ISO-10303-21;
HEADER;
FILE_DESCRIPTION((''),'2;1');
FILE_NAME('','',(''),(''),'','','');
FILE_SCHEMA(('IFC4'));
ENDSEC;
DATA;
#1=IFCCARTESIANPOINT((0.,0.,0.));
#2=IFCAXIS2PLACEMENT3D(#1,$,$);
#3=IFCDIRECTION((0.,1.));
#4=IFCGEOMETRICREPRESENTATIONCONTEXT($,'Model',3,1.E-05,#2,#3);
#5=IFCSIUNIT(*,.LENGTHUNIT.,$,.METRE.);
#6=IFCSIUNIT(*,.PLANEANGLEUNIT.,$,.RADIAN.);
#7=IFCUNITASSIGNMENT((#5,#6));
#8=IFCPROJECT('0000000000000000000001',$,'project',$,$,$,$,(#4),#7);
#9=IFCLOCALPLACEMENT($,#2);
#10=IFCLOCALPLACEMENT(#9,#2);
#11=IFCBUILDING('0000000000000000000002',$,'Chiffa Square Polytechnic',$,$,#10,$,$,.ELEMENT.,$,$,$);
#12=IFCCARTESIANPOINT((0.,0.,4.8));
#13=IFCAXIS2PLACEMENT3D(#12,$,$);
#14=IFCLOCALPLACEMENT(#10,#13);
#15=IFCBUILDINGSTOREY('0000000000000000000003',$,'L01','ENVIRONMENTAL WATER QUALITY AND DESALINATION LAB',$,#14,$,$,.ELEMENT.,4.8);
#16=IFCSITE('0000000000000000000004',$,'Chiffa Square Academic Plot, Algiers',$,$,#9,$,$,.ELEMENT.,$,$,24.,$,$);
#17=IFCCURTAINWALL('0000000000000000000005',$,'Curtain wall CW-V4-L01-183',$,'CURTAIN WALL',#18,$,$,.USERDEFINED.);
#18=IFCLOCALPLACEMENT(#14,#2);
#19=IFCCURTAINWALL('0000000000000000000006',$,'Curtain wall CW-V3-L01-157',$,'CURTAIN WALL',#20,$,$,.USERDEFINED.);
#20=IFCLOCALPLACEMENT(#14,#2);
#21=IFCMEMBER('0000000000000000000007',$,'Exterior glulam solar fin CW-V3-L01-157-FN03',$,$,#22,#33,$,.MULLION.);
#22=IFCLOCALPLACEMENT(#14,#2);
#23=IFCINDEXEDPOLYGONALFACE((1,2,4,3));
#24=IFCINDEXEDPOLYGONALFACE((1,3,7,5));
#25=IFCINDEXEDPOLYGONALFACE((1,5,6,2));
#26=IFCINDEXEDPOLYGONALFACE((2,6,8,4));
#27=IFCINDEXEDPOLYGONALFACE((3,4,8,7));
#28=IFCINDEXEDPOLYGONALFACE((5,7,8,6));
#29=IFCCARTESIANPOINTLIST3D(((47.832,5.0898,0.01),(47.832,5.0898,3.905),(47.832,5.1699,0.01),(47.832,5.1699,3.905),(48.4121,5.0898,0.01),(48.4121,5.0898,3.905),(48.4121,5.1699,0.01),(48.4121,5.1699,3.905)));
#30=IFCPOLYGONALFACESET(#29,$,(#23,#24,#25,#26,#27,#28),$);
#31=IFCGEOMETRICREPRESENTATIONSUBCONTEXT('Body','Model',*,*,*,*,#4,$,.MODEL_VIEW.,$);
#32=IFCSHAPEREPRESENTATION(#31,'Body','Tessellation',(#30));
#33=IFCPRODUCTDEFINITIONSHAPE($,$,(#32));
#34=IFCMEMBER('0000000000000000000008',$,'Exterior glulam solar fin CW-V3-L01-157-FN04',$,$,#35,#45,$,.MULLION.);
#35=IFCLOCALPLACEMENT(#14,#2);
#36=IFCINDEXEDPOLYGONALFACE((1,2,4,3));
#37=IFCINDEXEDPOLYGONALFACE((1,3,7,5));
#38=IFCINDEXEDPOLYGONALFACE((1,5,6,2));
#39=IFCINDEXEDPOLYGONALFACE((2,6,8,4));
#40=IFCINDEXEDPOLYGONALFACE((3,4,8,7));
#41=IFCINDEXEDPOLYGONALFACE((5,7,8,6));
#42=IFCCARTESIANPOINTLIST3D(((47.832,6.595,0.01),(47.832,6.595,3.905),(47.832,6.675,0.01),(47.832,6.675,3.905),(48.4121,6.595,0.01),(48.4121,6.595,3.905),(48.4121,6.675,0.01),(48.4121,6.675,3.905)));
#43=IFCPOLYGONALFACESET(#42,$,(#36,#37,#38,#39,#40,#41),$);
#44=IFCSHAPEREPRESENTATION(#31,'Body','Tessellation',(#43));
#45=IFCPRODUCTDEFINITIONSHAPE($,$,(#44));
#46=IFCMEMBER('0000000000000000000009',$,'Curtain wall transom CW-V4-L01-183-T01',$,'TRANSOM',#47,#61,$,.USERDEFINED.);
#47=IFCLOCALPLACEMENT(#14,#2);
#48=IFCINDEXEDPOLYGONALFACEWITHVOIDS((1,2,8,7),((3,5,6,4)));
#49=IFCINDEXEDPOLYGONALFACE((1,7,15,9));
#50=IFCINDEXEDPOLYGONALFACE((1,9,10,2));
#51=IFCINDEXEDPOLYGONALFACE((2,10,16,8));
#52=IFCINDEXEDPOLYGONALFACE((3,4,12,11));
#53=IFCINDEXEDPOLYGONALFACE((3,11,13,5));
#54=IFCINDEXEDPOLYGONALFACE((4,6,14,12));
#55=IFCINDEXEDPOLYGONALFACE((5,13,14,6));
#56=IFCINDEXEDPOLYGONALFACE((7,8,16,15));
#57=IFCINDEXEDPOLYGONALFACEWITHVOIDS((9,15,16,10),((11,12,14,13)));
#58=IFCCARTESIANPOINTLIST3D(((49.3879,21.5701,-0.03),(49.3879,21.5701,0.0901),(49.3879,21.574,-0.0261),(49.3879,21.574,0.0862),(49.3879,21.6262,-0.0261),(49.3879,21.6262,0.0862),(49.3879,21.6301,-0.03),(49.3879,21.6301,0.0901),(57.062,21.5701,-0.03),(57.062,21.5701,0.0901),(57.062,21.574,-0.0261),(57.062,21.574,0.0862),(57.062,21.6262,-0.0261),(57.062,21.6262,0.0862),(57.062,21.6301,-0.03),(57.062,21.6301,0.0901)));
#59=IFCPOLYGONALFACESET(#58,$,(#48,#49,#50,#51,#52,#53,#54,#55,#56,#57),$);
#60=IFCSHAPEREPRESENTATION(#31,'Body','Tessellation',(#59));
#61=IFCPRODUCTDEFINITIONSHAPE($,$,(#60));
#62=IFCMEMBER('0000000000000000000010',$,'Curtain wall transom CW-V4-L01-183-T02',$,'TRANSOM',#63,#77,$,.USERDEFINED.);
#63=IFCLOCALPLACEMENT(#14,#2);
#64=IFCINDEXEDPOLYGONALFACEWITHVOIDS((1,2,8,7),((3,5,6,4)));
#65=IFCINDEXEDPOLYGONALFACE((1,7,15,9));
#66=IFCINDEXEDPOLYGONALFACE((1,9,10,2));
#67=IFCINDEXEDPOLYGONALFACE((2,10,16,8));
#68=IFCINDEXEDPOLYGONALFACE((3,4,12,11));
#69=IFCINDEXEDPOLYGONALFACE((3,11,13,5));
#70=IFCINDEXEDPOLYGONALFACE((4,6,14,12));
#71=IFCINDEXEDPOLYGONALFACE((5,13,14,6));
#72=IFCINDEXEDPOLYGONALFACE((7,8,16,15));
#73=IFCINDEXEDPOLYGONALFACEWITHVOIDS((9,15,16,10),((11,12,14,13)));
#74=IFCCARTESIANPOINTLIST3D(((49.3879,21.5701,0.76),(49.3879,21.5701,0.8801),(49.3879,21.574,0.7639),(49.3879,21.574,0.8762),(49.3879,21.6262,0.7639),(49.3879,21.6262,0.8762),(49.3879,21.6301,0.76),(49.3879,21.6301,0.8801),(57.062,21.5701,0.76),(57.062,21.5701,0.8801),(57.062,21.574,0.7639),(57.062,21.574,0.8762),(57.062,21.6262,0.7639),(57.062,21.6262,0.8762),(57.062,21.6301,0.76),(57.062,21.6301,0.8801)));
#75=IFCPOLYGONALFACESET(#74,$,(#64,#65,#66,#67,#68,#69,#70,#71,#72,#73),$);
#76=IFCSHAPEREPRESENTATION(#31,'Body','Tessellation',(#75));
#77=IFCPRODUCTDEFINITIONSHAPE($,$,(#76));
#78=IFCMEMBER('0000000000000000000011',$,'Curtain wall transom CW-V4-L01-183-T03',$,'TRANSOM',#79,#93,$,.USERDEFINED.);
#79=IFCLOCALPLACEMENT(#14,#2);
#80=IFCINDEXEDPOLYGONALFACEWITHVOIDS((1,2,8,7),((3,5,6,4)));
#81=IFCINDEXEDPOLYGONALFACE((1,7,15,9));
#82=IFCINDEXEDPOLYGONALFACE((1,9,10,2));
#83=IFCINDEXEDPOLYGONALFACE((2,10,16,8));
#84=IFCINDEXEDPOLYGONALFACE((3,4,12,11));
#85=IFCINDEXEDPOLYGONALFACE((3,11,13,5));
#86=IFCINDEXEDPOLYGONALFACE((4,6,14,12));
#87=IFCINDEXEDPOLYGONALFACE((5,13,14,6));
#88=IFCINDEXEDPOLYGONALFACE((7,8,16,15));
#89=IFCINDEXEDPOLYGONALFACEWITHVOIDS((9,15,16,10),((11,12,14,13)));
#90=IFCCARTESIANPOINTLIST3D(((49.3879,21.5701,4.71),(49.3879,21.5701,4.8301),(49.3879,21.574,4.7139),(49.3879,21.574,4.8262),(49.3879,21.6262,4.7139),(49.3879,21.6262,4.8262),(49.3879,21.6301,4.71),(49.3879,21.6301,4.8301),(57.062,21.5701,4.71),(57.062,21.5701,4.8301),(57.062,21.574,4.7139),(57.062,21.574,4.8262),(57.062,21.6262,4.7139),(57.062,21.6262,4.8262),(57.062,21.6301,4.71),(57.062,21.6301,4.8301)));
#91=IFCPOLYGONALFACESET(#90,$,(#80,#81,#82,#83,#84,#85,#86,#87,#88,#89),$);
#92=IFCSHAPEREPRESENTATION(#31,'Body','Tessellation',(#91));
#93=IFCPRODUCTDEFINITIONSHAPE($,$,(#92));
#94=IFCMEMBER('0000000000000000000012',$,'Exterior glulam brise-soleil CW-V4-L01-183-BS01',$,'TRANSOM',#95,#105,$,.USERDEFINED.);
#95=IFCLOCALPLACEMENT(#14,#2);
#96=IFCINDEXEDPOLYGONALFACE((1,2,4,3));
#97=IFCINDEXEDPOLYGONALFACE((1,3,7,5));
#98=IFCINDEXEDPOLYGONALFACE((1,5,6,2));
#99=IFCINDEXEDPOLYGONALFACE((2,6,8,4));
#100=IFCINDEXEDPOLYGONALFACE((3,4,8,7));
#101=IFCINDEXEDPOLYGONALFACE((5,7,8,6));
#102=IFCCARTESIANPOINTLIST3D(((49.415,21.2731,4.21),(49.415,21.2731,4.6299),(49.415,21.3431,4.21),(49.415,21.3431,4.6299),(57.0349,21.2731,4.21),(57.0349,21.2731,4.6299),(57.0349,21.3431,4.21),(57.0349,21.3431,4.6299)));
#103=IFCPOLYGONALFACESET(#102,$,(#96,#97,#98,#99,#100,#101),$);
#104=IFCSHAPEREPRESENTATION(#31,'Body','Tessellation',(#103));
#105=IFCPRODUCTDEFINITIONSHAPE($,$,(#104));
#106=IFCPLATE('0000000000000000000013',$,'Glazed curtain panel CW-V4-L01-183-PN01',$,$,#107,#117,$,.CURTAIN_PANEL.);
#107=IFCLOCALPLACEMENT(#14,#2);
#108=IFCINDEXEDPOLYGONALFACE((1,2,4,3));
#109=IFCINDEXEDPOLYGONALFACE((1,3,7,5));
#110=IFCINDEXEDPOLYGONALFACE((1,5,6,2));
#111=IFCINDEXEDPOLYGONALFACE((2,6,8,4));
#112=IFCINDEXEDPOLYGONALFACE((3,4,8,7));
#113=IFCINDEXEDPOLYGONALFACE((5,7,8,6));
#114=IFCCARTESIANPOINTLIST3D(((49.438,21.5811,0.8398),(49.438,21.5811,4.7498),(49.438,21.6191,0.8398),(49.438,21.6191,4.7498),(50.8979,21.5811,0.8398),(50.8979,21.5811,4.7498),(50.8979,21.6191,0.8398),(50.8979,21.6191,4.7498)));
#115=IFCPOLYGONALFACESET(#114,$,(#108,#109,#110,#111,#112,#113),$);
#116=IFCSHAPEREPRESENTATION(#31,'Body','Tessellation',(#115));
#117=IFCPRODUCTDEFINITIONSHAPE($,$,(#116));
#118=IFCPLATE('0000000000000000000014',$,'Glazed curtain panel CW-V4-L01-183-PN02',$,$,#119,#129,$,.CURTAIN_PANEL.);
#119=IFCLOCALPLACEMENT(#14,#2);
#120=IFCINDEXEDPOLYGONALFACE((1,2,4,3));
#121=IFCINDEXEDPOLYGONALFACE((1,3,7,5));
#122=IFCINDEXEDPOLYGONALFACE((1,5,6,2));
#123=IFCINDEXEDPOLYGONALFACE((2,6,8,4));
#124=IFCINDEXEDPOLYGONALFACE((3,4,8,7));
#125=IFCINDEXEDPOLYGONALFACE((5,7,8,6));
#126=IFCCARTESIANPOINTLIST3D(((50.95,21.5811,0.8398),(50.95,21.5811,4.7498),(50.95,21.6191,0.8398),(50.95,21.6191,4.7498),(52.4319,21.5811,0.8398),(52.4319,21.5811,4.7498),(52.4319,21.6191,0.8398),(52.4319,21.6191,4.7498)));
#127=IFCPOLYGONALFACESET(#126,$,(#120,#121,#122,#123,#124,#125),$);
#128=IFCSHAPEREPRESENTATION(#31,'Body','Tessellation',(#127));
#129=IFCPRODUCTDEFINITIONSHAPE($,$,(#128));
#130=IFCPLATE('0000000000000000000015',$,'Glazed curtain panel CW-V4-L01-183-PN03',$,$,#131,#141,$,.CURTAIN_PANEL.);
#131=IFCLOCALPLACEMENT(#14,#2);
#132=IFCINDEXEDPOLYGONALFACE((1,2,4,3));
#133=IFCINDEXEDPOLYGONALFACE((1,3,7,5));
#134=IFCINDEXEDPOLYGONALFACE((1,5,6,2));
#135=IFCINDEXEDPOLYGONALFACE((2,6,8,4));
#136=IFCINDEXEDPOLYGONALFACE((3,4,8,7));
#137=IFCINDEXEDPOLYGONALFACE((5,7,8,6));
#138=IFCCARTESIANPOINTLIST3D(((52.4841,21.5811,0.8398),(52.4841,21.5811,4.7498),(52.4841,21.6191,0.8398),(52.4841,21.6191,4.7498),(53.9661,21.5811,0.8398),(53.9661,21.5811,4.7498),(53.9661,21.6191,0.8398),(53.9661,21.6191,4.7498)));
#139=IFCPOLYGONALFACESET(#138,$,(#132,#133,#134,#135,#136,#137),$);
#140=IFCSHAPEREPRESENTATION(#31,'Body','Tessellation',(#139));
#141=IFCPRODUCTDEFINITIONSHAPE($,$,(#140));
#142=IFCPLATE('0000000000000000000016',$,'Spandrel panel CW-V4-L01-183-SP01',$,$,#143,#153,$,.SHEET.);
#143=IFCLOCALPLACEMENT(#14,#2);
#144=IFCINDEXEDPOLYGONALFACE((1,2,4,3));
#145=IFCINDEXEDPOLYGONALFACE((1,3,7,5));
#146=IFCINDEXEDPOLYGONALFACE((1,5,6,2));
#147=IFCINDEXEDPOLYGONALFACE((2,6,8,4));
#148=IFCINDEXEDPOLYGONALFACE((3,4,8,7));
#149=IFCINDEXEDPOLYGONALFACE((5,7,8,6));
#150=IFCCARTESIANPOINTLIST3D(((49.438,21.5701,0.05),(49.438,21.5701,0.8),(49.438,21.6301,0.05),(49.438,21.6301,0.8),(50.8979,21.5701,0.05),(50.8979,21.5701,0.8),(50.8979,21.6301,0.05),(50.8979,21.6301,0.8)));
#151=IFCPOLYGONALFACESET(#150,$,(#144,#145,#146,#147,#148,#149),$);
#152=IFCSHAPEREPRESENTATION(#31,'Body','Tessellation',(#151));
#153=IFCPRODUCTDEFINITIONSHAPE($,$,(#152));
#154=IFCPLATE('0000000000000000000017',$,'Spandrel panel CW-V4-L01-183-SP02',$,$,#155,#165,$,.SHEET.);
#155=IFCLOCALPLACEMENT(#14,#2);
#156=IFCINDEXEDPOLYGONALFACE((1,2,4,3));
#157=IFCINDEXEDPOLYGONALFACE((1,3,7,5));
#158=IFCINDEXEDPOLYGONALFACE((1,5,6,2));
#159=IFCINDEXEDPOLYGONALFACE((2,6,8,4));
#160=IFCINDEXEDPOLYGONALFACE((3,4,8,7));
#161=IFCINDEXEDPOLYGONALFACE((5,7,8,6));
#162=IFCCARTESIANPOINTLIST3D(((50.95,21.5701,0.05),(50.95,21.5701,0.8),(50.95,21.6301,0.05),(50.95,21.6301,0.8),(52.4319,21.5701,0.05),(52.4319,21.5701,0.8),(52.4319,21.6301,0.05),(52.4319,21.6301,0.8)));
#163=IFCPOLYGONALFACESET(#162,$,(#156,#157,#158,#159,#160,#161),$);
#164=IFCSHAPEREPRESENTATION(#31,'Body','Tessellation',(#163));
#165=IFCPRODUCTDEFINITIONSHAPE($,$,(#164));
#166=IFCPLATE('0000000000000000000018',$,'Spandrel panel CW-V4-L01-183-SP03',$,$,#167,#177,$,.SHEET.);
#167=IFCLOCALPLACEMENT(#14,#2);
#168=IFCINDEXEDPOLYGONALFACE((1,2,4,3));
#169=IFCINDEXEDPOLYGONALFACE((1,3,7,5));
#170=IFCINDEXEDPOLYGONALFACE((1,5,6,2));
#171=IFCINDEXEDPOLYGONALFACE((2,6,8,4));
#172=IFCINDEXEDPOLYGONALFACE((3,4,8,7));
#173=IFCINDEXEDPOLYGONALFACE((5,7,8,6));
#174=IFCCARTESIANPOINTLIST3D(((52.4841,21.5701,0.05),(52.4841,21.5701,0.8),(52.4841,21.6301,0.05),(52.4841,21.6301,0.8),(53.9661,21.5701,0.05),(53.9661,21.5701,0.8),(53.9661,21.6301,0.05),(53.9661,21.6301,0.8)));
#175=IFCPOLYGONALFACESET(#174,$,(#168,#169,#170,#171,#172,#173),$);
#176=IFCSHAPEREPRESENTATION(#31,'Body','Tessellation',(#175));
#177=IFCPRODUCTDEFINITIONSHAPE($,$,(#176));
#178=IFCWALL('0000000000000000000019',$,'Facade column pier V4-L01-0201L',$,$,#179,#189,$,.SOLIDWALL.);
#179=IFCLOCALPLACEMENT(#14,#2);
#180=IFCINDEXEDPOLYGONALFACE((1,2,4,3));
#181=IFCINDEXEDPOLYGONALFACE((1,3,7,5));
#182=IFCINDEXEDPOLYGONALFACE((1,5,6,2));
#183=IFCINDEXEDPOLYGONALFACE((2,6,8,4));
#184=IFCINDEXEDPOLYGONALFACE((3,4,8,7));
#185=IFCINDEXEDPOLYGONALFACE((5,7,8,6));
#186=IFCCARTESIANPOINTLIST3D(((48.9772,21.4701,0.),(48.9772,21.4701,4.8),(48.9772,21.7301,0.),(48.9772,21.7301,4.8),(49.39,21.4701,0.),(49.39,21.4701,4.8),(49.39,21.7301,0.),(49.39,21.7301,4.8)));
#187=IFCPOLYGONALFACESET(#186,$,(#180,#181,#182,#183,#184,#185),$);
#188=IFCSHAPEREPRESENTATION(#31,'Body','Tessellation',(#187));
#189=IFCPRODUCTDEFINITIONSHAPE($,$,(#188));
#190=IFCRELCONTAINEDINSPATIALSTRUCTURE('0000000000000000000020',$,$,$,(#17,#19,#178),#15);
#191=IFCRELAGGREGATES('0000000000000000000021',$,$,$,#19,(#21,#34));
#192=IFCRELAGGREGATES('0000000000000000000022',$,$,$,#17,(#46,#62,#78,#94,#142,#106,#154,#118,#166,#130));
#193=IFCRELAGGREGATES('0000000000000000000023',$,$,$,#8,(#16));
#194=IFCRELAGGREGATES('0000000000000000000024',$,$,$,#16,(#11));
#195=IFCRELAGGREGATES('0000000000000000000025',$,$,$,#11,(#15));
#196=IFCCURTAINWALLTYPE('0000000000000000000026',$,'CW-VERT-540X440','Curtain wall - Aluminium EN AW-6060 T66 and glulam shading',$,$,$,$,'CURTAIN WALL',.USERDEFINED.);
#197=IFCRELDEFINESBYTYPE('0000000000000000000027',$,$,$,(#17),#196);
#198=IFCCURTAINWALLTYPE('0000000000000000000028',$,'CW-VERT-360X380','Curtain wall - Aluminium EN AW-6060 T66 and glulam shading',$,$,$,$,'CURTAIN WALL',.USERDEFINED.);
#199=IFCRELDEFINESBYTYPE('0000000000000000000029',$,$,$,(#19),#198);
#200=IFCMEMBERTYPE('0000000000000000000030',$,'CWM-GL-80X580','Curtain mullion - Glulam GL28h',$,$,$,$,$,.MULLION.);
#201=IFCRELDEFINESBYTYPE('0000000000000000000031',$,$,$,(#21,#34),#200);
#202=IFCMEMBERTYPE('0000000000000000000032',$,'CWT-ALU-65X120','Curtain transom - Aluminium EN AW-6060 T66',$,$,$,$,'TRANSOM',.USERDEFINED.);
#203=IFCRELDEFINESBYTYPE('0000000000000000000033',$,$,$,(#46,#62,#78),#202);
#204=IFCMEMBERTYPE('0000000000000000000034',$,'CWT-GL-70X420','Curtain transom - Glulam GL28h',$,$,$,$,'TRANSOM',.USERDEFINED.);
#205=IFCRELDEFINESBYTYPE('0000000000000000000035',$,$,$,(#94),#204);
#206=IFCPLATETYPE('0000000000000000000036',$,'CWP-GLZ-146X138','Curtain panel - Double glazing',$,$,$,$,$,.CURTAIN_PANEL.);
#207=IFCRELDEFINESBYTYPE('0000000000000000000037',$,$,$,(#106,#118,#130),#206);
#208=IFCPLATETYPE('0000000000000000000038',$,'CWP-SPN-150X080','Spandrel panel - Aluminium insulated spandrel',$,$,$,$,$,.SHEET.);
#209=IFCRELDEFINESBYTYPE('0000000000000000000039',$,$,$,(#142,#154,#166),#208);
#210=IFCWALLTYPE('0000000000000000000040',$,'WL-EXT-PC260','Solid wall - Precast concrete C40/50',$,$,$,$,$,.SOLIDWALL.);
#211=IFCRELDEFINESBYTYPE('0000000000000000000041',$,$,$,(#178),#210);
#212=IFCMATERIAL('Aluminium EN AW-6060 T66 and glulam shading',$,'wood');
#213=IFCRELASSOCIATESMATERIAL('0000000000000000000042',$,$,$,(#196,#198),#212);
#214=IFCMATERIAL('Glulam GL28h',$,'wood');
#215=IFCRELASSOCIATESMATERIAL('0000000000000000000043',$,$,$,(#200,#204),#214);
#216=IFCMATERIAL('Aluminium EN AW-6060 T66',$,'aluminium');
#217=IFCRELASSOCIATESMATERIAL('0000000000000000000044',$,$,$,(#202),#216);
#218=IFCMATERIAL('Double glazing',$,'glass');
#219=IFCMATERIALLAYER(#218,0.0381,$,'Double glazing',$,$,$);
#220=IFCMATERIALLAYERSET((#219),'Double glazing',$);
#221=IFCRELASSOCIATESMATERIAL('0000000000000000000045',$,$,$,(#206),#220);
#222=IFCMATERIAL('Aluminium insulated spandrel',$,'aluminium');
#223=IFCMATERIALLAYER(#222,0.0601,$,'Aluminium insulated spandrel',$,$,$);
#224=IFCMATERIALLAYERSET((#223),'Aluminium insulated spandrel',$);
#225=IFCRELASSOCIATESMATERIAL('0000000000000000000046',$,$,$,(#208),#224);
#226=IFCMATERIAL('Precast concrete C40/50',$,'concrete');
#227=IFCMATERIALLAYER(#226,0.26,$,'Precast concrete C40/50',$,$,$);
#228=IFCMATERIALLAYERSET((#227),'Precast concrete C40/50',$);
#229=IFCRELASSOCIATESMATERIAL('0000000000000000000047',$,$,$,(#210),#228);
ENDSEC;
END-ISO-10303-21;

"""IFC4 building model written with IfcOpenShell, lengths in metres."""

from ifc_helpers import new_model, si_unit, direction, frame, frame_2d, origin, origin_2d, place, context, subcontext, project, spatial, rectangle, hollow_rectangle, extrude, material, layer, layer_set, material_profile, profile_set, type_object, element, aggregate, save


model = new_model("IFC4")

# Units and contexts
model_context = context("Model", 3, precision=1e-05, world=origin(), true_north=direction((0.0, 1.0)))
body_context = subcontext(model_context, "Body", "Model", "MODEL_VIEW")
ifc_project = project(units=[si_unit("LENGTHUNIT", "METRE"), si_unit("PLANEANGLEUNIT", "RADIAN")], contexts=[model_context])

# Site, building, storey
site_placement = place(None, origin())
site = spatial("IfcSite", under=ifc_project, at=site_placement, Name="Chiffa Square Academic Plot, Algiers", CompositionType="ELEMENT", RefElevation=24.0)
building_placement = place(site_placement, origin())
building = spatial("IfcBuilding", under=site, at=building_placement, Name="Chiffa Square Polytechnic", CompositionType="ELEMENT")
storey_placement = place(building_placement, frame((0.0, 0.0, 4.8)))
storey = spatial("IfcBuildingStorey", under=building, at=storey_placement, Name="L01", Description="ENVIRONMENTAL WATER QUALITY AND DESALINATION LAB", CompositionType="ELEMENT", Elevation=4.8)

# Curtain walls, members
ifc_material_1 = material(Name="Aluminium EN AW-6060 T66 and glulam shading", Category="wood")
curtain_wall_type_1 = type_object("IfcCurtainWallType", Name="CW-VERT-540X440", Description="Curtain wall - Aluminium EN AW-6060 T66 and glulam shading", ElementType="CURTAIN WALL", PredefinedType="USERDEFINED", material=ifc_material_1)
curtain_wall_1_placement = place(storey_placement, origin())
curtain_wall_1 = element("IfcCurtainWall", 1, at=curtain_wall_1_placement, inside=storey, type_object=curtain_wall_type_1, Name="Curtain wall CW-V4-L01-183", ObjectType="CURTAIN WALL", PredefinedType="USERDEFINED")
ifc_material_2 = material(Name="Aluminium EN AW-6060 T66", Category="aluminium")
ifc_material_3 = material(Name="Glulam GL28h", Category="wood")
curtain_wall_type_2 = type_object("IfcCurtainWallType", Name="CW-VERT-360X380", Description="Curtain wall - Aluminium EN AW-6060 T66 and glulam shading", ElementType="CURTAIN WALL", PredefinedType="USERDEFINED", material=ifc_material_1)
curtain_wall_2_placement = place(storey_placement, origin())
curtain_wall_2 = element("IfcCurtainWall", 2, at=curtain_wall_2_placement, inside=storey, type_object=curtain_wall_type_2, Name="Curtain wall CW-V3-L01-157", ObjectType="CURTAIN WALL", PredefinedType="USERDEFINED")
ifc_material_profile_1 = material_profile(ifc_material_3, rectangle(XDim=0.0801, YDim=0.5801, at=origin_2d()), Name="GL28h 80x580")
ifc_profile_set_1 = profile_set([ifc_material_profile_1], Name="Glulam GL28h")
member_type_1 = type_object("IfcMemberType", Name="CWM-GL-80X580", Description="Curtain mullion - Glulam GL28h", PredefinedType="MULLION", material=ifc_profile_set_1)
member_1_placement = place(storey_placement, frame((48.1221, 5.1299, 0.01), z_axis=(0.0, 0.0, 1.0), x_axis=(0.0, 1.0, 0.0)))
member_1 = element("IfcMember", 3, at=member_1_placement, type_object=member_type_1, Name="Exterior glulam solar fin CW-V3-L01-157-FN03", PredefinedType="MULLION", context=body_context, shape_type="SweptSolid", body=[
    extrude(rectangle(XDim=0.0801, YDim=0.5801, at=origin_2d()), origin(), (0.0, 0.0, 1.0), 3.895),
])
member_2_placement = place(storey_placement, frame((48.1221, 6.635, 0.01), z_axis=(0.0, 0.0, 1.0), x_axis=(0.0, 1.0, 0.0)))
member_2 = element("IfcMember", 4, at=member_2_placement, type_object=member_type_1, Name="Exterior glulam solar fin CW-V3-L01-157-FN04", PredefinedType="MULLION", context=body_context, shape_type="SweptSolid", body=[
    extrude(rectangle(XDim=0.0801, YDim=0.5801, at=origin_2d()), origin(), (0.0, 0.0, 1.0), 3.895),
])
aggregate(curtain_wall_2, [member_1, member_2])

# Members
ifc_material_profile_2 = material_profile(ifc_material_2, hollow_rectangle(XDim=0.0601, YDim=0.1201, WallThickness=0.0039, at=origin_2d()), Name="ALU 60x120x4")
ifc_profile_set_2 = profile_set([ifc_material_profile_2], Name="Aluminium EN AW-6060 T66")
member_type_2 = type_object("IfcMemberType", Name="CWT-ALU-65X120", Description="Curtain transom - Aluminium EN AW-6060 T66", ElementType="TRANSOM", PredefinedType="USERDEFINED", material=ifc_profile_set_2)
member_3_placement = place(storey_placement, frame((49.3879, 21.6001, 0.03), z_axis=(1.0, 0.0, 0.0), x_axis=(0.0, 1.0, 0.0)))
member_3 = element("IfcMember", 5, at=member_3_placement, type_object=member_type_2, Name="Curtain wall transom CW-V4-L01-183-T01", ObjectType="TRANSOM", PredefinedType="USERDEFINED", context=body_context, shape_type="SweptSolid", body=[
    extrude(hollow_rectangle(XDim=0.0601, YDim=0.1201, WallThickness=0.0039, at=origin_2d()), origin(), (0.0, 0.0, 1.0), 7.6741),
])
member_4_placement = place(storey_placement, frame((49.3879, 21.6001, 0.8201), z_axis=(1.0, 0.0, 0.0), x_axis=(0.0, 1.0, 0.0)))
member_4 = element("IfcMember", 6, at=member_4_placement, type_object=member_type_2, Name="Curtain wall transom CW-V4-L01-183-T02", ObjectType="TRANSOM", PredefinedType="USERDEFINED", context=body_context, shape_type="SweptSolid", body=[
    extrude(hollow_rectangle(XDim=0.0601, YDim=0.1201, WallThickness=0.0039, at=origin_2d()), origin(), (0.0, 0.0, 1.0), 7.6741),
])
member_5_placement = place(storey_placement, frame((49.3879, 21.6001, 4.77), z_axis=(1.0, 0.0, 0.0), x_axis=(0.0, 1.0, 0.0)))
member_5 = element("IfcMember", 7, at=member_5_placement, type_object=member_type_2, Name="Curtain wall transom CW-V4-L01-183-T03", ObjectType="TRANSOM", PredefinedType="USERDEFINED", context=body_context, shape_type="SweptSolid", body=[
    extrude(hollow_rectangle(XDim=0.0601, YDim=0.1201, WallThickness=0.0039, at=origin_2d()), origin(), (0.0, 0.0, 1.0), 7.6741),
])
ifc_material_profile_3 = material_profile(ifc_material_3, rectangle(XDim=0.0701, YDim=0.4199, at=origin_2d()), Name="GL28h 70x420")
ifc_profile_set_3 = profile_set([ifc_material_profile_3], Name="Glulam GL28h")
member_type_3 = type_object("IfcMemberType", Name="CWT-GL-70X420", Description="Curtain transom - Glulam GL28h", ElementType="TRANSOM", PredefinedType="USERDEFINED", material=ifc_profile_set_3)
member_6_placement = place(storey_placement, frame((49.415, 21.3081, 4.4199), z_axis=(1.0, 0.0, 0.0), x_axis=(0.0, 1.0, 0.0)))
member_6 = element("IfcMember", 8, at=member_6_placement, type_object=member_type_3, Name="Exterior glulam brise-soleil CW-V4-L01-183-BS01", ObjectType="TRANSOM", PredefinedType="USERDEFINED", context=body_context, shape_type="SweptSolid", body=[
    extrude(rectangle(XDim=0.0701, YDim=0.4199, at=origin_2d()), origin(), (0.0, 0.0, 1.0), 7.6199),
])

# Plates
ifc_material_4 = material(Name="Double glazing", Category="glass")
ifc_layer_1 = layer(ifc_material_4, 0.0381, Name="Double glazing")
ifc_layer_set_1 = layer_set([ifc_layer_1], Name="Double glazing")
plate_type_1 = type_object("IfcPlateType", Name="CWP-GLZ-146X138", Description="Curtain panel - Double glazing", PredefinedType="CURTAIN_PANEL", material=ifc_layer_set_1)
plate_1_placement = place(storey_placement, frame((50.168, 21.6001, 0.8398), z_axis=(0.0, 0.0, 1.0), x_axis=(1.0, 0.0, 0.0)))
plate_1 = element("IfcPlate", 9, at=plate_1_placement, type_object=plate_type_1, Name="Glazed curtain panel CW-V4-L01-183-PN01", PredefinedType="CURTAIN_PANEL", context=body_context, shape_type="SweptSolid", body=[
    extrude(rectangle(XDim=1.46, YDim=0.0381, at=origin_2d()), origin(), (0.0, 0.0, 1.0), 3.9099),
])
plate_2_placement = place(storey_placement, frame((51.6909, 21.6001, 0.8398), z_axis=(0.0, 0.0, 1.0), x_axis=(1.0, 0.0, 0.0)))
plate_2 = element("IfcPlate", 10, at=plate_2_placement, type_object=plate_type_1, Name="Glazed curtain panel CW-V4-L01-183-PN02", PredefinedType="CURTAIN_PANEL", context=body_context, shape_type="SweptSolid", body=[
    extrude(rectangle(XDim=1.4819, YDim=0.0381, at=origin_2d()), origin(), (0.0, 0.0, 1.0), 3.9099),
])
plate_3_placement = place(storey_placement, frame((53.2251, 21.6001, 0.8398), z_axis=(0.0, 0.0, 1.0), x_axis=(1.0, 0.0, 0.0)))
plate_3 = element("IfcPlate", 11, at=plate_3_placement, type_object=plate_type_1, Name="Glazed curtain panel CW-V4-L01-183-PN03", PredefinedType="CURTAIN_PANEL", context=body_context, shape_type="SweptSolid", body=[
    extrude(rectangle(XDim=1.4819, YDim=0.0381, at=origin_2d()), origin(), (0.0, 0.0, 1.0), 3.9099),
])
ifc_material_5 = material(Name="Aluminium insulated spandrel", Category="aluminium")
ifc_layer_2 = layer(ifc_material_5, 0.0601, Name="Aluminium insulated spandrel")
ifc_layer_set_2 = layer_set([ifc_layer_2], Name="Aluminium insulated spandrel")
plate_type_2 = type_object("IfcPlateType", Name="CWP-SPN-150X080", Description="Spandrel panel - Aluminium insulated spandrel", PredefinedType="SHEET", material=ifc_layer_set_2)
plate_4_placement = place(storey_placement, frame((50.168, 21.6001, 0.05), z_axis=(0.0, 0.0, 1.0), x_axis=(1.0, 0.0, 0.0)))
plate_4 = element("IfcPlate", 12, at=plate_4_placement, type_object=plate_type_2, Name="Spandrel panel CW-V4-L01-183-SP01", PredefinedType="SHEET", context=body_context, shape_type="SweptSolid", body=[
    extrude(rectangle(XDim=1.46, YDim=0.0601, at=origin_2d()), origin(), (0.0, 0.0, 1.0), 0.75),
])
plate_5_placement = place(storey_placement, frame((51.6909, 21.6001, 0.05), z_axis=(0.0, 0.0, 1.0), x_axis=(1.0, 0.0, 0.0)))
plate_5 = element("IfcPlate", 13, at=plate_5_placement, type_object=plate_type_2, Name="Spandrel panel CW-V4-L01-183-SP02", PredefinedType="SHEET", context=body_context, shape_type="SweptSolid", body=[
    extrude(rectangle(XDim=1.4819, YDim=0.0601, at=origin_2d()), origin(), (0.0, 0.0, 1.0), 0.75),
])
plate_6_placement = place(storey_placement, frame((53.2251, 21.6001, 0.05), z_axis=(0.0, 0.0, 1.0), x_axis=(1.0, 0.0, 0.0)))
plate_6 = element("IfcPlate", 14, at=plate_6_placement, type_object=plate_type_2, Name="Spandrel panel CW-V4-L01-183-SP03", PredefinedType="SHEET", context=body_context, shape_type="SweptSolid", body=[
    extrude(rectangle(XDim=1.4819, YDim=0.0601, at=origin_2d()), origin(), (0.0, 0.0, 1.0), 0.75),
])
aggregate(curtain_wall_1, [member_3, member_4, member_5, member_6, plate_4, plate_1, plate_5, plate_2, plate_6, plate_3])

# Wall
ifc_material_6 = material(Name="Precast concrete C40/50", Category="concrete")
ifc_layer_3 = layer(ifc_material_6, 0.26, Name="Precast concrete C40/50")
ifc_layer_set_3 = layer_set([ifc_layer_3], Name="Precast concrete C40/50")
wall_type = type_object("IfcWallType", Name="WL-EXT-PC260", Description="Solid wall - Precast concrete C40/50", PredefinedType="SOLIDWALL", material=ifc_layer_set_3)
wall_placement = place(storey_placement, frame((48.9771, 21.6001, 0.0), z_axis=(0.0, 0.0, 1.0), x_axis=(1.0, 0.0, 0.0)))
element("IfcWall", 15, at=wall_placement, inside=storey, type_object=wall_type, Name="Facade column pier V4-L01-0201L", PredefinedType="SOLIDWALL", context=body_context, shape_type="SweptSolid", body=[
    extrude(rectangle(XDim=0.4128, YDim=0.26, at=frame_2d((0.2065, 0.0))), origin(), (0.0, 0.0, 1.0), 4.8),
])

save(model, "model.ifc")
